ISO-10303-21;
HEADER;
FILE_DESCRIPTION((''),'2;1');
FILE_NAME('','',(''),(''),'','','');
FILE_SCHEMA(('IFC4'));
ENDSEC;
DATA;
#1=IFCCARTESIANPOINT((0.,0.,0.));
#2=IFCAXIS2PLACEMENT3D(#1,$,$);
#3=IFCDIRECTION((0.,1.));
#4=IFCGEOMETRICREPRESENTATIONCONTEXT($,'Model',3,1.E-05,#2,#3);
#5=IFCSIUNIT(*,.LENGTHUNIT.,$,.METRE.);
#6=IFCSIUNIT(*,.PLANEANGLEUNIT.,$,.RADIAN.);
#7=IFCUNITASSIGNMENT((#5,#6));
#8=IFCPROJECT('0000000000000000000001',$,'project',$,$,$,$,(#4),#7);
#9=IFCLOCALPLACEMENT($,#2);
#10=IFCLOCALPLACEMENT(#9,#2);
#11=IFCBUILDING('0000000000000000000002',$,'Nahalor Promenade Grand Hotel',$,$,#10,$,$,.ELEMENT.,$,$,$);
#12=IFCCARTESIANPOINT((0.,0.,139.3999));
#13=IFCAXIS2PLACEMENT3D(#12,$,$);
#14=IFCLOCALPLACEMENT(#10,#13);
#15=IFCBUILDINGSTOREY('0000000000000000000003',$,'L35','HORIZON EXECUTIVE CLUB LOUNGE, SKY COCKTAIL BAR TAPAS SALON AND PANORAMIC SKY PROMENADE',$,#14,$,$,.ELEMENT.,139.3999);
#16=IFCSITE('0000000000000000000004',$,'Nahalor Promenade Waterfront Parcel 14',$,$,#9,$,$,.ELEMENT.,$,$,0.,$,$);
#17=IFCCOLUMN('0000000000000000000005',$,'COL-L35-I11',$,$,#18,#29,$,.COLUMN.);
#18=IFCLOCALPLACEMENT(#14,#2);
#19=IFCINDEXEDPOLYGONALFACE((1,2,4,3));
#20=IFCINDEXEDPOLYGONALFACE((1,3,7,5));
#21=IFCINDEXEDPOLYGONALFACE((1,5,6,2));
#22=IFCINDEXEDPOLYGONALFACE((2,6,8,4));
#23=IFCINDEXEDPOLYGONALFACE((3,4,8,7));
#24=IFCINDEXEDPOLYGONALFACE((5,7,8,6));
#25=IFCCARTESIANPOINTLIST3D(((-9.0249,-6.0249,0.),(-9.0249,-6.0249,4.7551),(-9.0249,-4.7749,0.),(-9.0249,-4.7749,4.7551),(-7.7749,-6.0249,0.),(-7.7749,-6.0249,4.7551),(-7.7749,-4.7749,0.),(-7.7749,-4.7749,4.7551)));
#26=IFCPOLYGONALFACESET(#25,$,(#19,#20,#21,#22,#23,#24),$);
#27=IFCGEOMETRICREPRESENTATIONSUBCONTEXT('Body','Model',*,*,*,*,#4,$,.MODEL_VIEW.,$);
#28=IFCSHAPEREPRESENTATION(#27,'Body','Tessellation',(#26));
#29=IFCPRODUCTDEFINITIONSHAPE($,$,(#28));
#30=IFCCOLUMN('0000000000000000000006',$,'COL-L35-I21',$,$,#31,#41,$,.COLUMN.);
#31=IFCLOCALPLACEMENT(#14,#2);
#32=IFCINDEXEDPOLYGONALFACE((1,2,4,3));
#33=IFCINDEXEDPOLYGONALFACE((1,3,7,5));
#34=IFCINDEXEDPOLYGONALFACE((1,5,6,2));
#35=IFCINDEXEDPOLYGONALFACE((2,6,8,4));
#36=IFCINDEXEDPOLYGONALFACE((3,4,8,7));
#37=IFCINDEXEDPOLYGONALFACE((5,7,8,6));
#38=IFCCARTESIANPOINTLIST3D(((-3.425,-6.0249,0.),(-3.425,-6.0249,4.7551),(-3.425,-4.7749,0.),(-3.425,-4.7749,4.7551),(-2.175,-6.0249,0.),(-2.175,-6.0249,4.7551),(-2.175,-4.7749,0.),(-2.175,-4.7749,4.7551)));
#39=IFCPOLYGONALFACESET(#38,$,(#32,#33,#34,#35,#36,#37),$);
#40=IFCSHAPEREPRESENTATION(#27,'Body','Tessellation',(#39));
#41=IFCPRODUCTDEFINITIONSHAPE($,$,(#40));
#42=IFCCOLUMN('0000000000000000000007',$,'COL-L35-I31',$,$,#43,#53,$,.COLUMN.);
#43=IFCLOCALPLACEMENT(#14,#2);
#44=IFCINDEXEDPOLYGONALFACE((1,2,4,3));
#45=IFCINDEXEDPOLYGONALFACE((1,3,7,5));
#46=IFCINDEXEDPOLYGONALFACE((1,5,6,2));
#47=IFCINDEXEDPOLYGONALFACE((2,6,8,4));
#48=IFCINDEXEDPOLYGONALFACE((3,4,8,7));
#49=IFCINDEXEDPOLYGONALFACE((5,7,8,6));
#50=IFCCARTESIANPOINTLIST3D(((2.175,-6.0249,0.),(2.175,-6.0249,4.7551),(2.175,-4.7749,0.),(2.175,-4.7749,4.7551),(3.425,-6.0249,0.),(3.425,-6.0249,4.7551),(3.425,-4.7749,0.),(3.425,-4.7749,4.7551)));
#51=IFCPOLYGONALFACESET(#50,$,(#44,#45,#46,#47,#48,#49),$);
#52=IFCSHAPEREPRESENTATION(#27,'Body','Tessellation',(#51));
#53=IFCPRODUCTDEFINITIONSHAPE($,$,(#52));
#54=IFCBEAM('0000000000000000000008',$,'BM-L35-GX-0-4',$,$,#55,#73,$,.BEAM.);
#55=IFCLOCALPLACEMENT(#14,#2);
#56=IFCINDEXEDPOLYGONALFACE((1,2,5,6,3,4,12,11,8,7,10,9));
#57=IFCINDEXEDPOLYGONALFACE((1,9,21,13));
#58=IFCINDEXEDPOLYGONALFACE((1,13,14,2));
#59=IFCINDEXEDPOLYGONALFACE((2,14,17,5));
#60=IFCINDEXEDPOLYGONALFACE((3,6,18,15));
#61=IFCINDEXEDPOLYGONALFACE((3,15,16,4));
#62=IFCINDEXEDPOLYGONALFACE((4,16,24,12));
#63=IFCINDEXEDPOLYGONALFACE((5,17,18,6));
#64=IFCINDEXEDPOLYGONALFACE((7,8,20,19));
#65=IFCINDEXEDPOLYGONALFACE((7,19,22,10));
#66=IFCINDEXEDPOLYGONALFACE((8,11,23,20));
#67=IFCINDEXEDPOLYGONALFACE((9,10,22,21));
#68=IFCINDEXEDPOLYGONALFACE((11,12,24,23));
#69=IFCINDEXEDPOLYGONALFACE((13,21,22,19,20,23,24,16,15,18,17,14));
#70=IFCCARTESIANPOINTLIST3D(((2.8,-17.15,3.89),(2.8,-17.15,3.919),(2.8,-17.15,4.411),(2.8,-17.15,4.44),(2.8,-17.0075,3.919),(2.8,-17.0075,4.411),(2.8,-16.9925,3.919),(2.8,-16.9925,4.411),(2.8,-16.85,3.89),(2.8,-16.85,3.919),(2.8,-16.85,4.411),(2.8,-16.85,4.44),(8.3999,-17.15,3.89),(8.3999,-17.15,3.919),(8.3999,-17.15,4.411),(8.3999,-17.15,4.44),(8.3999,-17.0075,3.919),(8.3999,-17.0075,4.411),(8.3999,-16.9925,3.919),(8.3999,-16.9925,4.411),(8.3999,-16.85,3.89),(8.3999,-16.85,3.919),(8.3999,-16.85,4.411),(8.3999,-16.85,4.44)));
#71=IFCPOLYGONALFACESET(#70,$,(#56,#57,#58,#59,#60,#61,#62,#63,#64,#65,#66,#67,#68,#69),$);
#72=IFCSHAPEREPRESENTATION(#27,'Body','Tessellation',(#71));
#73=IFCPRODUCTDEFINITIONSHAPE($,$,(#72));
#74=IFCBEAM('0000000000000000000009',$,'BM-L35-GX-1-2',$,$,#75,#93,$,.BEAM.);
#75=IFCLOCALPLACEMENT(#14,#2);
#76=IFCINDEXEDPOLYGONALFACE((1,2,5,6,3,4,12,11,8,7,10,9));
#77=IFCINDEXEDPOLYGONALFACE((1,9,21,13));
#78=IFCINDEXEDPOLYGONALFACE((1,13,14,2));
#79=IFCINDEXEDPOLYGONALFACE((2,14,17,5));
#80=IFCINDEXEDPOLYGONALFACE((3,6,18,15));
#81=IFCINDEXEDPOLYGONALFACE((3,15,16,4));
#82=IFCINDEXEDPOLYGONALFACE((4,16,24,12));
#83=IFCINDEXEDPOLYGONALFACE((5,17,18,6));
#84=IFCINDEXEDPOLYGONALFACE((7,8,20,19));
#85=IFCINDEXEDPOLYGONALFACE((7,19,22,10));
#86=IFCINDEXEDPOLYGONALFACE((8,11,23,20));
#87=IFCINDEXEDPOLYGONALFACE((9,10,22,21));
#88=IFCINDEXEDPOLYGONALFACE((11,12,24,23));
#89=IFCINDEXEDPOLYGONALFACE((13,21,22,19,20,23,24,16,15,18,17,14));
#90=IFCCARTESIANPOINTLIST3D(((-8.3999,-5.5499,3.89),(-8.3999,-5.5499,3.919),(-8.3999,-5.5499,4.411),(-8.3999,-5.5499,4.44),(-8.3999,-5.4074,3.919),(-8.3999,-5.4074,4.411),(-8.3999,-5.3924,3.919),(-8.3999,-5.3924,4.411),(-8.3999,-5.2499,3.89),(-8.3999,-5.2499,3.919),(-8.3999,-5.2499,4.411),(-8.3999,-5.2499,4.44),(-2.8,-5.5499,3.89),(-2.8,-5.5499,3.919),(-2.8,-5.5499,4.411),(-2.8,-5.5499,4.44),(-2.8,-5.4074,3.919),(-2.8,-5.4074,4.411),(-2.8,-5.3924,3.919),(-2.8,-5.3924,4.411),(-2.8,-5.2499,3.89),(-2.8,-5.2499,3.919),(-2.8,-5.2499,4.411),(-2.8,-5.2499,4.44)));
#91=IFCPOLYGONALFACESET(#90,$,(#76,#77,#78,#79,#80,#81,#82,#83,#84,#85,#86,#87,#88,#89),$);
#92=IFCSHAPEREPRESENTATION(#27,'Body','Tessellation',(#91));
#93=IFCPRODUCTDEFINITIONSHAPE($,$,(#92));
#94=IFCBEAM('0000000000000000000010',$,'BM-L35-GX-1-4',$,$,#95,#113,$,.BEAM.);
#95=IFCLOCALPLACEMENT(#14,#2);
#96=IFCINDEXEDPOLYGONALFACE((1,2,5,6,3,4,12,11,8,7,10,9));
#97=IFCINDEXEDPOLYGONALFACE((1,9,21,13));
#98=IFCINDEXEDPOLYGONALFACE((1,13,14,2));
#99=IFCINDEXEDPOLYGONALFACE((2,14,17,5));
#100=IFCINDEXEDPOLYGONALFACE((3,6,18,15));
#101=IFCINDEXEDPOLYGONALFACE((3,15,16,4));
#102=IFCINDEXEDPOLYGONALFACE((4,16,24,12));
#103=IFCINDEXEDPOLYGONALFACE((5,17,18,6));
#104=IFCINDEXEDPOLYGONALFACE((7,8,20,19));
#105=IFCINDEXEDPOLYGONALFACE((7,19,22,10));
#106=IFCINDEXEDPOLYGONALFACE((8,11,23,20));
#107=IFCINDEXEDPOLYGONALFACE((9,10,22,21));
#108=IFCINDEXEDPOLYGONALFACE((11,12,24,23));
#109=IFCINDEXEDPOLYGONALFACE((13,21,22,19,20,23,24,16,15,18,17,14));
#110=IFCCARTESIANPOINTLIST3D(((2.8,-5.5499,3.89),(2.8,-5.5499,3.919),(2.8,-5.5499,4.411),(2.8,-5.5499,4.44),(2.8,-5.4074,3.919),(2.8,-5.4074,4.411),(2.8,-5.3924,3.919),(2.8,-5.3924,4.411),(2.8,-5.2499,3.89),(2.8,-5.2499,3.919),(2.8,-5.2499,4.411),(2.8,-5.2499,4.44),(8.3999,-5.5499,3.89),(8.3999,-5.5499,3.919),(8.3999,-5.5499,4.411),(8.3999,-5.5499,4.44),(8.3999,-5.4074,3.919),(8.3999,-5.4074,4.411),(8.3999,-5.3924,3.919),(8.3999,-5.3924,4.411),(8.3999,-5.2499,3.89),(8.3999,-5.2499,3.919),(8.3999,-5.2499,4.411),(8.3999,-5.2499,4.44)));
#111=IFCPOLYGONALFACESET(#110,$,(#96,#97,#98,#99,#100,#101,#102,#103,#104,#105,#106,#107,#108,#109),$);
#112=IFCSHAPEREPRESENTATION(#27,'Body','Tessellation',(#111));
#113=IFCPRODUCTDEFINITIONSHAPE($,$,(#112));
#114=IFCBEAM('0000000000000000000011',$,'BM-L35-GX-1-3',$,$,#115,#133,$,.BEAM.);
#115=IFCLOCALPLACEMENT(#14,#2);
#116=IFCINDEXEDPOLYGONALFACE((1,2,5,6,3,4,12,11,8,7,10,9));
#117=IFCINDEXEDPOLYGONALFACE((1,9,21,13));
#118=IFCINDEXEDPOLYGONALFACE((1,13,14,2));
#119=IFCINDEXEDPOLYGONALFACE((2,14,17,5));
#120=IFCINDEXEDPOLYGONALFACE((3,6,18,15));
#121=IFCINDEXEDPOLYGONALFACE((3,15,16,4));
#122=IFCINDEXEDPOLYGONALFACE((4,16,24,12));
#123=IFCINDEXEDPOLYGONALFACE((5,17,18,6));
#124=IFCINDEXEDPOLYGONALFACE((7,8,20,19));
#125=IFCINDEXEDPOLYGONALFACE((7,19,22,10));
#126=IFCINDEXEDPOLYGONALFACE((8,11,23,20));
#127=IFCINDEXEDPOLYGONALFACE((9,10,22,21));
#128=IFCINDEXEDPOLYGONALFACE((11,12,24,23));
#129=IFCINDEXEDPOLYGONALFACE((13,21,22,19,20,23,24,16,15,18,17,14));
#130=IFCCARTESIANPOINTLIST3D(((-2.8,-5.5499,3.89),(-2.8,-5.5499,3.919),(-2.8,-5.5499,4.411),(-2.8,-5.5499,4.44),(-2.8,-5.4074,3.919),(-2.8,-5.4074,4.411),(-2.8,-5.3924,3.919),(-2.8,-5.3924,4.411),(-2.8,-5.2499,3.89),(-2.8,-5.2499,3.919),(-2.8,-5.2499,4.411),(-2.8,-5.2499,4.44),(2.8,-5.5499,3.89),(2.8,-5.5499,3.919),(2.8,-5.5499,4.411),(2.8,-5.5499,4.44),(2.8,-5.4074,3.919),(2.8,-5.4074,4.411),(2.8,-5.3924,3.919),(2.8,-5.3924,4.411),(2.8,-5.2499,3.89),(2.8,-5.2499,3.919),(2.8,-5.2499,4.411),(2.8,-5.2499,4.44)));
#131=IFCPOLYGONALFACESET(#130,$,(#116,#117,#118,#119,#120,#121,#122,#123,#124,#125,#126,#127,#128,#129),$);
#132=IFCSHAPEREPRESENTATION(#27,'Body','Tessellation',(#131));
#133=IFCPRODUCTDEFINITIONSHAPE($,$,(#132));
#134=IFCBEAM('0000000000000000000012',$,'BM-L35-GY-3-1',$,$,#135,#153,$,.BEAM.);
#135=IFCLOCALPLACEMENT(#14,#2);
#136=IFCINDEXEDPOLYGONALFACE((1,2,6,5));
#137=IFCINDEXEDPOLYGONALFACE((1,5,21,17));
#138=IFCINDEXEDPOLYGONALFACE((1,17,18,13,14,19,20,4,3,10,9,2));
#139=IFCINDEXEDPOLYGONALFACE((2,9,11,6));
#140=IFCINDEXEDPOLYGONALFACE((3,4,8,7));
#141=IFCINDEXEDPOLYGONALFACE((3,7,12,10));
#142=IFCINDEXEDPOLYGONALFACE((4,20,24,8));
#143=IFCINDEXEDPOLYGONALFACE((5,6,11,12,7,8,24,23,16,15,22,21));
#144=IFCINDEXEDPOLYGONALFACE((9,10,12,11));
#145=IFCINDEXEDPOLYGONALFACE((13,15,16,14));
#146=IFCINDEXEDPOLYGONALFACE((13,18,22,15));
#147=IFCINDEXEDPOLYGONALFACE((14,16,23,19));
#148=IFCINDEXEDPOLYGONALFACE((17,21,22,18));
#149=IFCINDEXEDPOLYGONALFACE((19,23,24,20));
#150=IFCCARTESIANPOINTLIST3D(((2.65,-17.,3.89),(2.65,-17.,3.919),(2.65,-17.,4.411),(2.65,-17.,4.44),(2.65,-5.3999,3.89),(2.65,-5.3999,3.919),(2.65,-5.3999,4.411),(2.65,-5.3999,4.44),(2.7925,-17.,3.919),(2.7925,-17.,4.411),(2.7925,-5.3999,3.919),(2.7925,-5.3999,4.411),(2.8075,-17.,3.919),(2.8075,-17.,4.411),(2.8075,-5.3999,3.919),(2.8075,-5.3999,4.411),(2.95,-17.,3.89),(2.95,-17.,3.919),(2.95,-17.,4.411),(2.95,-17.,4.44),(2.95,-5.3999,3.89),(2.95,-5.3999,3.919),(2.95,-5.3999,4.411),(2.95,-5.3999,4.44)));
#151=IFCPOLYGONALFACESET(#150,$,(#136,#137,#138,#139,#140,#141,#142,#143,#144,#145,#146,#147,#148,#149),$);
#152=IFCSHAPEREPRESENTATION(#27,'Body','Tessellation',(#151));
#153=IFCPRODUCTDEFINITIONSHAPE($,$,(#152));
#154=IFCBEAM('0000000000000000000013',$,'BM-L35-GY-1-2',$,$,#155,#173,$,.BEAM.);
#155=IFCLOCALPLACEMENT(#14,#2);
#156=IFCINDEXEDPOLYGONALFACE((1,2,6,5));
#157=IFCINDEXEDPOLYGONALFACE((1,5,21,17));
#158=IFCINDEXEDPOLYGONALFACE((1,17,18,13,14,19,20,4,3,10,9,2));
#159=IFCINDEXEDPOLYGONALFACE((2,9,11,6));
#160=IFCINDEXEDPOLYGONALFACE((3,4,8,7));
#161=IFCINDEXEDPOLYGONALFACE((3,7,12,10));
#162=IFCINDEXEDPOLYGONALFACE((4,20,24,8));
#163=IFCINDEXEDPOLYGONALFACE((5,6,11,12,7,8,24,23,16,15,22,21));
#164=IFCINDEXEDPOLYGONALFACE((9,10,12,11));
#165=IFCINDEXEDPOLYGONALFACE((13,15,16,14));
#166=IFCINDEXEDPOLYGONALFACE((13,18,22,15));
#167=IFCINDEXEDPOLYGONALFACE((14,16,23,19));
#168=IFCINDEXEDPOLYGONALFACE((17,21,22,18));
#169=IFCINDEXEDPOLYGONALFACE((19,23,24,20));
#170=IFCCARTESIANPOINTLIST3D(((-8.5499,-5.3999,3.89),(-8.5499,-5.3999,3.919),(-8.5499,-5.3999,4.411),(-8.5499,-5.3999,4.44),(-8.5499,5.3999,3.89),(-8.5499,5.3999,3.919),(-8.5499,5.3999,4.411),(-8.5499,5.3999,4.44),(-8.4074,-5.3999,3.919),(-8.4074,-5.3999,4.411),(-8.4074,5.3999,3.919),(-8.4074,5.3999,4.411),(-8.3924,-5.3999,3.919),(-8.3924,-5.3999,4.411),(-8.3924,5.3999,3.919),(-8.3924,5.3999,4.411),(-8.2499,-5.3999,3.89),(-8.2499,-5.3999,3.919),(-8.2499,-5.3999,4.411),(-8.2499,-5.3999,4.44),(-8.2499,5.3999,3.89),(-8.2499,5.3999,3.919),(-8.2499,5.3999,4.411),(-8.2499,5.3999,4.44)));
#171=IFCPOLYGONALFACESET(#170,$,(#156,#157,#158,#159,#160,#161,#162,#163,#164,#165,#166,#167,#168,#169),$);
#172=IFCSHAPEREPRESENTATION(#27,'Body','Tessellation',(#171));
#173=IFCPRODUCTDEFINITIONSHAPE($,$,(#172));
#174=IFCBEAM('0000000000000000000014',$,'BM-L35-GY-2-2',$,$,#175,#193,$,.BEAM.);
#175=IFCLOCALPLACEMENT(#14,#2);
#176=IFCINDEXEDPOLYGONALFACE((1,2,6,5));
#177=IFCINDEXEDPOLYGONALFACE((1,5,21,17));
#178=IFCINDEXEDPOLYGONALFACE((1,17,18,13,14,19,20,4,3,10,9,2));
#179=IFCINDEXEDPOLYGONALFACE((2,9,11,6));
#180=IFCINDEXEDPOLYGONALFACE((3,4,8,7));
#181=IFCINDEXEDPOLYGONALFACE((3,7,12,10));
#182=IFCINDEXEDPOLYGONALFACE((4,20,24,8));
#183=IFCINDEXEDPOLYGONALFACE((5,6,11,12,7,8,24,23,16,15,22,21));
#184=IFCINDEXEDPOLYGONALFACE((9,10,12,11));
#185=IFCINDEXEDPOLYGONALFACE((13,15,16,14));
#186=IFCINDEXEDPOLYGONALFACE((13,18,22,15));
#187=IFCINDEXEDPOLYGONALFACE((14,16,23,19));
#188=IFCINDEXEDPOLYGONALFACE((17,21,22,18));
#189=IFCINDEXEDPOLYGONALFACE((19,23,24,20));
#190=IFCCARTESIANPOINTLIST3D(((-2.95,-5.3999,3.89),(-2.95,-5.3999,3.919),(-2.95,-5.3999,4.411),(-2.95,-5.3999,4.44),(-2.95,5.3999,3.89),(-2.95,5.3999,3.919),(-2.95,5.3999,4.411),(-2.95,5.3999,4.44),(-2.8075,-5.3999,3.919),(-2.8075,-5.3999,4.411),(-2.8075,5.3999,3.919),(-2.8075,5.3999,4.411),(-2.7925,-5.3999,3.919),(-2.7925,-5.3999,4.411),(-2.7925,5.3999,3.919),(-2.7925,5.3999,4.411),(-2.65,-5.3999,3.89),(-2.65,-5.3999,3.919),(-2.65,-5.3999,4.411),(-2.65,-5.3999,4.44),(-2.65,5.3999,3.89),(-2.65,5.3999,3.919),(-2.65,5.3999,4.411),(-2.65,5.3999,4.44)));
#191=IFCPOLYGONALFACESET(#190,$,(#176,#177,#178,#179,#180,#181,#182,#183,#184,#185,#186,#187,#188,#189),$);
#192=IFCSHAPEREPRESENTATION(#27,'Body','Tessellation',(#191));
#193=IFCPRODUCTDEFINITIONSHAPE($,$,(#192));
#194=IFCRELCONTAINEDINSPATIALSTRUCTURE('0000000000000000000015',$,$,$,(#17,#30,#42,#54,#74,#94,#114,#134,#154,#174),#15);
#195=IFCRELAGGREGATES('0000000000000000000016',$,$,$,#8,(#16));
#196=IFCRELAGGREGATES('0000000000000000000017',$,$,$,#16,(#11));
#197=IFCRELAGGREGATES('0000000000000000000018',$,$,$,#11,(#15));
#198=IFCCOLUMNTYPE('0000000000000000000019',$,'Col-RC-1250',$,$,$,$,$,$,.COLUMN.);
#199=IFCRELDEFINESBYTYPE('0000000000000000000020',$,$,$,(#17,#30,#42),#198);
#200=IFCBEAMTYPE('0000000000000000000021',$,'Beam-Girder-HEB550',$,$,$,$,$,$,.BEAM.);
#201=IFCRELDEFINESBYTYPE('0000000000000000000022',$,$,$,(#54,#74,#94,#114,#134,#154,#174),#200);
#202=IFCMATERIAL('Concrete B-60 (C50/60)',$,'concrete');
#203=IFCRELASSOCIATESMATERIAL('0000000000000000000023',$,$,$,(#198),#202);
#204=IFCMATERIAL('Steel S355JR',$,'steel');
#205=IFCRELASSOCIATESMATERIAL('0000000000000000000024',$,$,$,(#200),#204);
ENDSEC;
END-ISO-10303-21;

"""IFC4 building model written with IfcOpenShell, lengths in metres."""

from ifc_helpers import new_model, si_unit, direction, frame, origin, origin_2d, place, context, subcontext, project, spatial, rectangle, i_section, extrude, source, transform, mapped, material, material_profile, profile_set, type_object, element, save


model = new_model("IFC4")

# Units and contexts
model_context = context("Model", 3, precision=1e-05, world=origin(), true_north=direction((0.0, 1.0)))
body_context = subcontext(model_context, "Body", "Model", "MODEL_VIEW")
ifc_project = project(units=[si_unit("LENGTHUNIT", "METRE"), si_unit("PLANEANGLEUNIT", "RADIAN")], contexts=[model_context])

# Site, building, storey
site_placement = place(None, origin())
site = spatial("IfcSite", under=ifc_project, at=site_placement, Name="Nahalor Promenade Waterfront Parcel 14", CompositionType="ELEMENT", RefElevation=0.0)
building_placement = place(site_placement, origin())
building = spatial("IfcBuilding", under=site, at=building_placement, Name="Nahalor Promenade Grand Hotel", CompositionType="ELEMENT")
storey_placement = place(building_placement, frame((0.0, 0.0, 139.3999)))
storey = spatial("IfcBuildingStorey", under=building, at=storey_placement, Name="L35", Description="HORIZON EXECUTIVE CLUB LOUNGE, SKY COCKTAIL BAR TAPAS SALON AND PANORAMIC SKY PROMENADE", CompositionType="ELEMENT", Elevation=139.3999)

# Columns
ifc_material_1 = material(Name="Concrete B-60 (C50/60)", Category="concrete")
ifc_material_profile_1 = material_profile(ifc_material_1, rectangle(XDim=1.25, YDim=1.25, at=origin_2d()), Name="RC 1250x1250")
ifc_profile_set_1 = profile_set([ifc_material_profile_1], Name="Concrete B-60 (C50/60)")
column_type = type_object("IfcColumnType", Name="Col-RC-1250", PredefinedType="COLUMN", material=ifc_profile_set_1)
shared_shape_1 = source(origin(), body_context, "Body", "SweptSolid", [
    extrude(rectangle(XDim=1.25, YDim=1.25, at=origin_2d()), origin(), (0.0, 0.0, 1.0), 4.7551),
])
for number, where, z_axis, x_axis, name in (
    (1, (-8.3999, -5.3999, 0.0), (0.0, 0.0, 1.0), (1.0, 0.0, 0.0), "COL-L35-I11"),
    (2, (-2.8, -5.3999, 0.0), (0.0, 0.0, 1.0), (1.0, 0.0, 0.0), "COL-L35-I21"),
    (3, (2.8, -5.3999, 0.0), (0.0, 0.0, 1.0), (1.0, 0.0, 0.0), "COL-L35-I31"),
):
    element("IfcColumn", number, at=place(storey_placement, frame(where, z_axis=z_axis, x_axis=x_axis)), inside=storey, type_object=column_type, Name=name, PredefinedType="COLUMN", context=body_context, shape_type="MappedRepresentation", body=[
        mapped(shared_shape_1, transform((0.0, 0.0, 0.0), scale=1.0)),
    ])

# Beams
ifc_material_2 = material(Name="Steel S355JR", Category="steel")
ifc_material_profile_2 = material_profile(ifc_material_2, i_section(OverallWidth=0.3, OverallDepth=0.55, WebThickness=0.015, FlangeThickness=0.029, at=origin_2d()), Name="HEB 550")
ifc_profile_set_2 = profile_set([ifc_material_profile_2], Name="Steel S355JR")
beam_type = type_object("IfcBeamType", Name="Beam-Girder-HEB550", PredefinedType="BEAM", material=ifc_profile_set_2)
shared_shape_2 = source(origin(), body_context, "Body", "SweptSolid", [
    extrude(i_section(OverallWidth=0.3, OverallDepth=0.55, WebThickness=0.015, FlangeThickness=0.029, at=origin_2d()), origin(), (0.0, 0.0, 1.0), 5.5999),
])
for number, where, z_axis, x_axis, name in (
    (4, (2.8, -17.0, 4.165), (1.0, 0.0, 0.0), (0.0, 1.0, 0.0), "BM-L35-GX-0-4"),
    (5, (-8.3999, -5.3999, 4.165), (1.0, 0.0, 0.0), (0.0, 1.0, 0.0), "BM-L35-GX-1-2"),
    (6, (2.8, -5.3999, 4.165), (1.0, 0.0, 0.0), (0.0, 1.0, 0.0), "BM-L35-GX-1-4"),
):
    element("IfcBeam", number, at=place(storey_placement, frame(where, z_axis=z_axis, x_axis=x_axis)), inside=storey, type_object=beam_type, Name=name, PredefinedType="BEAM", context=body_context, shape_type="MappedRepresentation", body=[
        mapped(shared_shape_2, transform((0.0, 0.0, 0.0), scale=1.0)),
    ])
shared_shape_3 = source(origin(), body_context, "Body", "SweptSolid", [
    extrude(i_section(OverallWidth=0.3, OverallDepth=0.55, WebThickness=0.015, FlangeThickness=0.029, at=origin_2d()), origin(), (0.0, 0.0, 1.0), 5.6001),
])
beam_1_placement = place(storey_placement, frame((-2.8, -5.3999, 4.165), z_axis=(1.0, 0.0, 0.0), x_axis=(0.0, 1.0, 0.0)))
element("IfcBeam", 7, at=beam_1_placement, inside=storey, type_object=beam_type, Name="BM-L35-GX-1-3", PredefinedType="BEAM", context=body_context, shape_type="MappedRepresentation", body=[
    mapped(shared_shape_3, transform((0.0, 0.0, 0.0), scale=1.0)),
])
shared_shape_4 = source(origin(), body_context, "Body", "SweptSolid", [
    extrude(i_section(OverallWidth=0.3, OverallDepth=0.55, WebThickness=0.015, FlangeThickness=0.029, at=origin_2d()), origin(), (0.0, 0.0, 1.0), 11.6001),
])
beam_2_placement = place(storey_placement, frame((2.8, -17.0, 4.165), z_axis=(0.0, 1.0, 0.0), x_axis=(-1.0, 0.0, 0.0)))
element("IfcBeam", 8, at=beam_2_placement, inside=storey, type_object=beam_type, Name="BM-L35-GY-3-1", PredefinedType="BEAM", context=body_context, shape_type="MappedRepresentation", body=[
    mapped(shared_shape_4, transform((0.0, 0.0, 0.0), scale=1.0)),
])
shared_shape_5 = source(origin(), body_context, "Body", "SweptSolid", [
    extrude(i_section(OverallWidth=0.3, OverallDepth=0.55, WebThickness=0.015, FlangeThickness=0.029, at=origin_2d()), origin(), (0.0, 0.0, 1.0), 10.7998),
])
for number, where, z_axis, x_axis, name in (
    (9, (-8.3999, -5.3999, 4.165), (0.0, 1.0, 0.0), (-1.0, 0.0, 0.0), "BM-L35-GY-1-2"),
    (10, (-2.8, -5.3999, 4.165), (0.0, 1.0, 0.0), (-1.0, 0.0, 0.0), "BM-L35-GY-2-2"),
):
    element("IfcBeam", number, at=place(storey_placement, frame(where, z_axis=z_axis, x_axis=x_axis)), inside=storey, type_object=beam_type, Name=name, PredefinedType="BEAM", context=body_context, shape_type="MappedRepresentation", body=[
        mapped(shared_shape_5, transform((0.0, 0.0, 0.0), scale=1.0)),
    ])

save(model, "model.ifc")
